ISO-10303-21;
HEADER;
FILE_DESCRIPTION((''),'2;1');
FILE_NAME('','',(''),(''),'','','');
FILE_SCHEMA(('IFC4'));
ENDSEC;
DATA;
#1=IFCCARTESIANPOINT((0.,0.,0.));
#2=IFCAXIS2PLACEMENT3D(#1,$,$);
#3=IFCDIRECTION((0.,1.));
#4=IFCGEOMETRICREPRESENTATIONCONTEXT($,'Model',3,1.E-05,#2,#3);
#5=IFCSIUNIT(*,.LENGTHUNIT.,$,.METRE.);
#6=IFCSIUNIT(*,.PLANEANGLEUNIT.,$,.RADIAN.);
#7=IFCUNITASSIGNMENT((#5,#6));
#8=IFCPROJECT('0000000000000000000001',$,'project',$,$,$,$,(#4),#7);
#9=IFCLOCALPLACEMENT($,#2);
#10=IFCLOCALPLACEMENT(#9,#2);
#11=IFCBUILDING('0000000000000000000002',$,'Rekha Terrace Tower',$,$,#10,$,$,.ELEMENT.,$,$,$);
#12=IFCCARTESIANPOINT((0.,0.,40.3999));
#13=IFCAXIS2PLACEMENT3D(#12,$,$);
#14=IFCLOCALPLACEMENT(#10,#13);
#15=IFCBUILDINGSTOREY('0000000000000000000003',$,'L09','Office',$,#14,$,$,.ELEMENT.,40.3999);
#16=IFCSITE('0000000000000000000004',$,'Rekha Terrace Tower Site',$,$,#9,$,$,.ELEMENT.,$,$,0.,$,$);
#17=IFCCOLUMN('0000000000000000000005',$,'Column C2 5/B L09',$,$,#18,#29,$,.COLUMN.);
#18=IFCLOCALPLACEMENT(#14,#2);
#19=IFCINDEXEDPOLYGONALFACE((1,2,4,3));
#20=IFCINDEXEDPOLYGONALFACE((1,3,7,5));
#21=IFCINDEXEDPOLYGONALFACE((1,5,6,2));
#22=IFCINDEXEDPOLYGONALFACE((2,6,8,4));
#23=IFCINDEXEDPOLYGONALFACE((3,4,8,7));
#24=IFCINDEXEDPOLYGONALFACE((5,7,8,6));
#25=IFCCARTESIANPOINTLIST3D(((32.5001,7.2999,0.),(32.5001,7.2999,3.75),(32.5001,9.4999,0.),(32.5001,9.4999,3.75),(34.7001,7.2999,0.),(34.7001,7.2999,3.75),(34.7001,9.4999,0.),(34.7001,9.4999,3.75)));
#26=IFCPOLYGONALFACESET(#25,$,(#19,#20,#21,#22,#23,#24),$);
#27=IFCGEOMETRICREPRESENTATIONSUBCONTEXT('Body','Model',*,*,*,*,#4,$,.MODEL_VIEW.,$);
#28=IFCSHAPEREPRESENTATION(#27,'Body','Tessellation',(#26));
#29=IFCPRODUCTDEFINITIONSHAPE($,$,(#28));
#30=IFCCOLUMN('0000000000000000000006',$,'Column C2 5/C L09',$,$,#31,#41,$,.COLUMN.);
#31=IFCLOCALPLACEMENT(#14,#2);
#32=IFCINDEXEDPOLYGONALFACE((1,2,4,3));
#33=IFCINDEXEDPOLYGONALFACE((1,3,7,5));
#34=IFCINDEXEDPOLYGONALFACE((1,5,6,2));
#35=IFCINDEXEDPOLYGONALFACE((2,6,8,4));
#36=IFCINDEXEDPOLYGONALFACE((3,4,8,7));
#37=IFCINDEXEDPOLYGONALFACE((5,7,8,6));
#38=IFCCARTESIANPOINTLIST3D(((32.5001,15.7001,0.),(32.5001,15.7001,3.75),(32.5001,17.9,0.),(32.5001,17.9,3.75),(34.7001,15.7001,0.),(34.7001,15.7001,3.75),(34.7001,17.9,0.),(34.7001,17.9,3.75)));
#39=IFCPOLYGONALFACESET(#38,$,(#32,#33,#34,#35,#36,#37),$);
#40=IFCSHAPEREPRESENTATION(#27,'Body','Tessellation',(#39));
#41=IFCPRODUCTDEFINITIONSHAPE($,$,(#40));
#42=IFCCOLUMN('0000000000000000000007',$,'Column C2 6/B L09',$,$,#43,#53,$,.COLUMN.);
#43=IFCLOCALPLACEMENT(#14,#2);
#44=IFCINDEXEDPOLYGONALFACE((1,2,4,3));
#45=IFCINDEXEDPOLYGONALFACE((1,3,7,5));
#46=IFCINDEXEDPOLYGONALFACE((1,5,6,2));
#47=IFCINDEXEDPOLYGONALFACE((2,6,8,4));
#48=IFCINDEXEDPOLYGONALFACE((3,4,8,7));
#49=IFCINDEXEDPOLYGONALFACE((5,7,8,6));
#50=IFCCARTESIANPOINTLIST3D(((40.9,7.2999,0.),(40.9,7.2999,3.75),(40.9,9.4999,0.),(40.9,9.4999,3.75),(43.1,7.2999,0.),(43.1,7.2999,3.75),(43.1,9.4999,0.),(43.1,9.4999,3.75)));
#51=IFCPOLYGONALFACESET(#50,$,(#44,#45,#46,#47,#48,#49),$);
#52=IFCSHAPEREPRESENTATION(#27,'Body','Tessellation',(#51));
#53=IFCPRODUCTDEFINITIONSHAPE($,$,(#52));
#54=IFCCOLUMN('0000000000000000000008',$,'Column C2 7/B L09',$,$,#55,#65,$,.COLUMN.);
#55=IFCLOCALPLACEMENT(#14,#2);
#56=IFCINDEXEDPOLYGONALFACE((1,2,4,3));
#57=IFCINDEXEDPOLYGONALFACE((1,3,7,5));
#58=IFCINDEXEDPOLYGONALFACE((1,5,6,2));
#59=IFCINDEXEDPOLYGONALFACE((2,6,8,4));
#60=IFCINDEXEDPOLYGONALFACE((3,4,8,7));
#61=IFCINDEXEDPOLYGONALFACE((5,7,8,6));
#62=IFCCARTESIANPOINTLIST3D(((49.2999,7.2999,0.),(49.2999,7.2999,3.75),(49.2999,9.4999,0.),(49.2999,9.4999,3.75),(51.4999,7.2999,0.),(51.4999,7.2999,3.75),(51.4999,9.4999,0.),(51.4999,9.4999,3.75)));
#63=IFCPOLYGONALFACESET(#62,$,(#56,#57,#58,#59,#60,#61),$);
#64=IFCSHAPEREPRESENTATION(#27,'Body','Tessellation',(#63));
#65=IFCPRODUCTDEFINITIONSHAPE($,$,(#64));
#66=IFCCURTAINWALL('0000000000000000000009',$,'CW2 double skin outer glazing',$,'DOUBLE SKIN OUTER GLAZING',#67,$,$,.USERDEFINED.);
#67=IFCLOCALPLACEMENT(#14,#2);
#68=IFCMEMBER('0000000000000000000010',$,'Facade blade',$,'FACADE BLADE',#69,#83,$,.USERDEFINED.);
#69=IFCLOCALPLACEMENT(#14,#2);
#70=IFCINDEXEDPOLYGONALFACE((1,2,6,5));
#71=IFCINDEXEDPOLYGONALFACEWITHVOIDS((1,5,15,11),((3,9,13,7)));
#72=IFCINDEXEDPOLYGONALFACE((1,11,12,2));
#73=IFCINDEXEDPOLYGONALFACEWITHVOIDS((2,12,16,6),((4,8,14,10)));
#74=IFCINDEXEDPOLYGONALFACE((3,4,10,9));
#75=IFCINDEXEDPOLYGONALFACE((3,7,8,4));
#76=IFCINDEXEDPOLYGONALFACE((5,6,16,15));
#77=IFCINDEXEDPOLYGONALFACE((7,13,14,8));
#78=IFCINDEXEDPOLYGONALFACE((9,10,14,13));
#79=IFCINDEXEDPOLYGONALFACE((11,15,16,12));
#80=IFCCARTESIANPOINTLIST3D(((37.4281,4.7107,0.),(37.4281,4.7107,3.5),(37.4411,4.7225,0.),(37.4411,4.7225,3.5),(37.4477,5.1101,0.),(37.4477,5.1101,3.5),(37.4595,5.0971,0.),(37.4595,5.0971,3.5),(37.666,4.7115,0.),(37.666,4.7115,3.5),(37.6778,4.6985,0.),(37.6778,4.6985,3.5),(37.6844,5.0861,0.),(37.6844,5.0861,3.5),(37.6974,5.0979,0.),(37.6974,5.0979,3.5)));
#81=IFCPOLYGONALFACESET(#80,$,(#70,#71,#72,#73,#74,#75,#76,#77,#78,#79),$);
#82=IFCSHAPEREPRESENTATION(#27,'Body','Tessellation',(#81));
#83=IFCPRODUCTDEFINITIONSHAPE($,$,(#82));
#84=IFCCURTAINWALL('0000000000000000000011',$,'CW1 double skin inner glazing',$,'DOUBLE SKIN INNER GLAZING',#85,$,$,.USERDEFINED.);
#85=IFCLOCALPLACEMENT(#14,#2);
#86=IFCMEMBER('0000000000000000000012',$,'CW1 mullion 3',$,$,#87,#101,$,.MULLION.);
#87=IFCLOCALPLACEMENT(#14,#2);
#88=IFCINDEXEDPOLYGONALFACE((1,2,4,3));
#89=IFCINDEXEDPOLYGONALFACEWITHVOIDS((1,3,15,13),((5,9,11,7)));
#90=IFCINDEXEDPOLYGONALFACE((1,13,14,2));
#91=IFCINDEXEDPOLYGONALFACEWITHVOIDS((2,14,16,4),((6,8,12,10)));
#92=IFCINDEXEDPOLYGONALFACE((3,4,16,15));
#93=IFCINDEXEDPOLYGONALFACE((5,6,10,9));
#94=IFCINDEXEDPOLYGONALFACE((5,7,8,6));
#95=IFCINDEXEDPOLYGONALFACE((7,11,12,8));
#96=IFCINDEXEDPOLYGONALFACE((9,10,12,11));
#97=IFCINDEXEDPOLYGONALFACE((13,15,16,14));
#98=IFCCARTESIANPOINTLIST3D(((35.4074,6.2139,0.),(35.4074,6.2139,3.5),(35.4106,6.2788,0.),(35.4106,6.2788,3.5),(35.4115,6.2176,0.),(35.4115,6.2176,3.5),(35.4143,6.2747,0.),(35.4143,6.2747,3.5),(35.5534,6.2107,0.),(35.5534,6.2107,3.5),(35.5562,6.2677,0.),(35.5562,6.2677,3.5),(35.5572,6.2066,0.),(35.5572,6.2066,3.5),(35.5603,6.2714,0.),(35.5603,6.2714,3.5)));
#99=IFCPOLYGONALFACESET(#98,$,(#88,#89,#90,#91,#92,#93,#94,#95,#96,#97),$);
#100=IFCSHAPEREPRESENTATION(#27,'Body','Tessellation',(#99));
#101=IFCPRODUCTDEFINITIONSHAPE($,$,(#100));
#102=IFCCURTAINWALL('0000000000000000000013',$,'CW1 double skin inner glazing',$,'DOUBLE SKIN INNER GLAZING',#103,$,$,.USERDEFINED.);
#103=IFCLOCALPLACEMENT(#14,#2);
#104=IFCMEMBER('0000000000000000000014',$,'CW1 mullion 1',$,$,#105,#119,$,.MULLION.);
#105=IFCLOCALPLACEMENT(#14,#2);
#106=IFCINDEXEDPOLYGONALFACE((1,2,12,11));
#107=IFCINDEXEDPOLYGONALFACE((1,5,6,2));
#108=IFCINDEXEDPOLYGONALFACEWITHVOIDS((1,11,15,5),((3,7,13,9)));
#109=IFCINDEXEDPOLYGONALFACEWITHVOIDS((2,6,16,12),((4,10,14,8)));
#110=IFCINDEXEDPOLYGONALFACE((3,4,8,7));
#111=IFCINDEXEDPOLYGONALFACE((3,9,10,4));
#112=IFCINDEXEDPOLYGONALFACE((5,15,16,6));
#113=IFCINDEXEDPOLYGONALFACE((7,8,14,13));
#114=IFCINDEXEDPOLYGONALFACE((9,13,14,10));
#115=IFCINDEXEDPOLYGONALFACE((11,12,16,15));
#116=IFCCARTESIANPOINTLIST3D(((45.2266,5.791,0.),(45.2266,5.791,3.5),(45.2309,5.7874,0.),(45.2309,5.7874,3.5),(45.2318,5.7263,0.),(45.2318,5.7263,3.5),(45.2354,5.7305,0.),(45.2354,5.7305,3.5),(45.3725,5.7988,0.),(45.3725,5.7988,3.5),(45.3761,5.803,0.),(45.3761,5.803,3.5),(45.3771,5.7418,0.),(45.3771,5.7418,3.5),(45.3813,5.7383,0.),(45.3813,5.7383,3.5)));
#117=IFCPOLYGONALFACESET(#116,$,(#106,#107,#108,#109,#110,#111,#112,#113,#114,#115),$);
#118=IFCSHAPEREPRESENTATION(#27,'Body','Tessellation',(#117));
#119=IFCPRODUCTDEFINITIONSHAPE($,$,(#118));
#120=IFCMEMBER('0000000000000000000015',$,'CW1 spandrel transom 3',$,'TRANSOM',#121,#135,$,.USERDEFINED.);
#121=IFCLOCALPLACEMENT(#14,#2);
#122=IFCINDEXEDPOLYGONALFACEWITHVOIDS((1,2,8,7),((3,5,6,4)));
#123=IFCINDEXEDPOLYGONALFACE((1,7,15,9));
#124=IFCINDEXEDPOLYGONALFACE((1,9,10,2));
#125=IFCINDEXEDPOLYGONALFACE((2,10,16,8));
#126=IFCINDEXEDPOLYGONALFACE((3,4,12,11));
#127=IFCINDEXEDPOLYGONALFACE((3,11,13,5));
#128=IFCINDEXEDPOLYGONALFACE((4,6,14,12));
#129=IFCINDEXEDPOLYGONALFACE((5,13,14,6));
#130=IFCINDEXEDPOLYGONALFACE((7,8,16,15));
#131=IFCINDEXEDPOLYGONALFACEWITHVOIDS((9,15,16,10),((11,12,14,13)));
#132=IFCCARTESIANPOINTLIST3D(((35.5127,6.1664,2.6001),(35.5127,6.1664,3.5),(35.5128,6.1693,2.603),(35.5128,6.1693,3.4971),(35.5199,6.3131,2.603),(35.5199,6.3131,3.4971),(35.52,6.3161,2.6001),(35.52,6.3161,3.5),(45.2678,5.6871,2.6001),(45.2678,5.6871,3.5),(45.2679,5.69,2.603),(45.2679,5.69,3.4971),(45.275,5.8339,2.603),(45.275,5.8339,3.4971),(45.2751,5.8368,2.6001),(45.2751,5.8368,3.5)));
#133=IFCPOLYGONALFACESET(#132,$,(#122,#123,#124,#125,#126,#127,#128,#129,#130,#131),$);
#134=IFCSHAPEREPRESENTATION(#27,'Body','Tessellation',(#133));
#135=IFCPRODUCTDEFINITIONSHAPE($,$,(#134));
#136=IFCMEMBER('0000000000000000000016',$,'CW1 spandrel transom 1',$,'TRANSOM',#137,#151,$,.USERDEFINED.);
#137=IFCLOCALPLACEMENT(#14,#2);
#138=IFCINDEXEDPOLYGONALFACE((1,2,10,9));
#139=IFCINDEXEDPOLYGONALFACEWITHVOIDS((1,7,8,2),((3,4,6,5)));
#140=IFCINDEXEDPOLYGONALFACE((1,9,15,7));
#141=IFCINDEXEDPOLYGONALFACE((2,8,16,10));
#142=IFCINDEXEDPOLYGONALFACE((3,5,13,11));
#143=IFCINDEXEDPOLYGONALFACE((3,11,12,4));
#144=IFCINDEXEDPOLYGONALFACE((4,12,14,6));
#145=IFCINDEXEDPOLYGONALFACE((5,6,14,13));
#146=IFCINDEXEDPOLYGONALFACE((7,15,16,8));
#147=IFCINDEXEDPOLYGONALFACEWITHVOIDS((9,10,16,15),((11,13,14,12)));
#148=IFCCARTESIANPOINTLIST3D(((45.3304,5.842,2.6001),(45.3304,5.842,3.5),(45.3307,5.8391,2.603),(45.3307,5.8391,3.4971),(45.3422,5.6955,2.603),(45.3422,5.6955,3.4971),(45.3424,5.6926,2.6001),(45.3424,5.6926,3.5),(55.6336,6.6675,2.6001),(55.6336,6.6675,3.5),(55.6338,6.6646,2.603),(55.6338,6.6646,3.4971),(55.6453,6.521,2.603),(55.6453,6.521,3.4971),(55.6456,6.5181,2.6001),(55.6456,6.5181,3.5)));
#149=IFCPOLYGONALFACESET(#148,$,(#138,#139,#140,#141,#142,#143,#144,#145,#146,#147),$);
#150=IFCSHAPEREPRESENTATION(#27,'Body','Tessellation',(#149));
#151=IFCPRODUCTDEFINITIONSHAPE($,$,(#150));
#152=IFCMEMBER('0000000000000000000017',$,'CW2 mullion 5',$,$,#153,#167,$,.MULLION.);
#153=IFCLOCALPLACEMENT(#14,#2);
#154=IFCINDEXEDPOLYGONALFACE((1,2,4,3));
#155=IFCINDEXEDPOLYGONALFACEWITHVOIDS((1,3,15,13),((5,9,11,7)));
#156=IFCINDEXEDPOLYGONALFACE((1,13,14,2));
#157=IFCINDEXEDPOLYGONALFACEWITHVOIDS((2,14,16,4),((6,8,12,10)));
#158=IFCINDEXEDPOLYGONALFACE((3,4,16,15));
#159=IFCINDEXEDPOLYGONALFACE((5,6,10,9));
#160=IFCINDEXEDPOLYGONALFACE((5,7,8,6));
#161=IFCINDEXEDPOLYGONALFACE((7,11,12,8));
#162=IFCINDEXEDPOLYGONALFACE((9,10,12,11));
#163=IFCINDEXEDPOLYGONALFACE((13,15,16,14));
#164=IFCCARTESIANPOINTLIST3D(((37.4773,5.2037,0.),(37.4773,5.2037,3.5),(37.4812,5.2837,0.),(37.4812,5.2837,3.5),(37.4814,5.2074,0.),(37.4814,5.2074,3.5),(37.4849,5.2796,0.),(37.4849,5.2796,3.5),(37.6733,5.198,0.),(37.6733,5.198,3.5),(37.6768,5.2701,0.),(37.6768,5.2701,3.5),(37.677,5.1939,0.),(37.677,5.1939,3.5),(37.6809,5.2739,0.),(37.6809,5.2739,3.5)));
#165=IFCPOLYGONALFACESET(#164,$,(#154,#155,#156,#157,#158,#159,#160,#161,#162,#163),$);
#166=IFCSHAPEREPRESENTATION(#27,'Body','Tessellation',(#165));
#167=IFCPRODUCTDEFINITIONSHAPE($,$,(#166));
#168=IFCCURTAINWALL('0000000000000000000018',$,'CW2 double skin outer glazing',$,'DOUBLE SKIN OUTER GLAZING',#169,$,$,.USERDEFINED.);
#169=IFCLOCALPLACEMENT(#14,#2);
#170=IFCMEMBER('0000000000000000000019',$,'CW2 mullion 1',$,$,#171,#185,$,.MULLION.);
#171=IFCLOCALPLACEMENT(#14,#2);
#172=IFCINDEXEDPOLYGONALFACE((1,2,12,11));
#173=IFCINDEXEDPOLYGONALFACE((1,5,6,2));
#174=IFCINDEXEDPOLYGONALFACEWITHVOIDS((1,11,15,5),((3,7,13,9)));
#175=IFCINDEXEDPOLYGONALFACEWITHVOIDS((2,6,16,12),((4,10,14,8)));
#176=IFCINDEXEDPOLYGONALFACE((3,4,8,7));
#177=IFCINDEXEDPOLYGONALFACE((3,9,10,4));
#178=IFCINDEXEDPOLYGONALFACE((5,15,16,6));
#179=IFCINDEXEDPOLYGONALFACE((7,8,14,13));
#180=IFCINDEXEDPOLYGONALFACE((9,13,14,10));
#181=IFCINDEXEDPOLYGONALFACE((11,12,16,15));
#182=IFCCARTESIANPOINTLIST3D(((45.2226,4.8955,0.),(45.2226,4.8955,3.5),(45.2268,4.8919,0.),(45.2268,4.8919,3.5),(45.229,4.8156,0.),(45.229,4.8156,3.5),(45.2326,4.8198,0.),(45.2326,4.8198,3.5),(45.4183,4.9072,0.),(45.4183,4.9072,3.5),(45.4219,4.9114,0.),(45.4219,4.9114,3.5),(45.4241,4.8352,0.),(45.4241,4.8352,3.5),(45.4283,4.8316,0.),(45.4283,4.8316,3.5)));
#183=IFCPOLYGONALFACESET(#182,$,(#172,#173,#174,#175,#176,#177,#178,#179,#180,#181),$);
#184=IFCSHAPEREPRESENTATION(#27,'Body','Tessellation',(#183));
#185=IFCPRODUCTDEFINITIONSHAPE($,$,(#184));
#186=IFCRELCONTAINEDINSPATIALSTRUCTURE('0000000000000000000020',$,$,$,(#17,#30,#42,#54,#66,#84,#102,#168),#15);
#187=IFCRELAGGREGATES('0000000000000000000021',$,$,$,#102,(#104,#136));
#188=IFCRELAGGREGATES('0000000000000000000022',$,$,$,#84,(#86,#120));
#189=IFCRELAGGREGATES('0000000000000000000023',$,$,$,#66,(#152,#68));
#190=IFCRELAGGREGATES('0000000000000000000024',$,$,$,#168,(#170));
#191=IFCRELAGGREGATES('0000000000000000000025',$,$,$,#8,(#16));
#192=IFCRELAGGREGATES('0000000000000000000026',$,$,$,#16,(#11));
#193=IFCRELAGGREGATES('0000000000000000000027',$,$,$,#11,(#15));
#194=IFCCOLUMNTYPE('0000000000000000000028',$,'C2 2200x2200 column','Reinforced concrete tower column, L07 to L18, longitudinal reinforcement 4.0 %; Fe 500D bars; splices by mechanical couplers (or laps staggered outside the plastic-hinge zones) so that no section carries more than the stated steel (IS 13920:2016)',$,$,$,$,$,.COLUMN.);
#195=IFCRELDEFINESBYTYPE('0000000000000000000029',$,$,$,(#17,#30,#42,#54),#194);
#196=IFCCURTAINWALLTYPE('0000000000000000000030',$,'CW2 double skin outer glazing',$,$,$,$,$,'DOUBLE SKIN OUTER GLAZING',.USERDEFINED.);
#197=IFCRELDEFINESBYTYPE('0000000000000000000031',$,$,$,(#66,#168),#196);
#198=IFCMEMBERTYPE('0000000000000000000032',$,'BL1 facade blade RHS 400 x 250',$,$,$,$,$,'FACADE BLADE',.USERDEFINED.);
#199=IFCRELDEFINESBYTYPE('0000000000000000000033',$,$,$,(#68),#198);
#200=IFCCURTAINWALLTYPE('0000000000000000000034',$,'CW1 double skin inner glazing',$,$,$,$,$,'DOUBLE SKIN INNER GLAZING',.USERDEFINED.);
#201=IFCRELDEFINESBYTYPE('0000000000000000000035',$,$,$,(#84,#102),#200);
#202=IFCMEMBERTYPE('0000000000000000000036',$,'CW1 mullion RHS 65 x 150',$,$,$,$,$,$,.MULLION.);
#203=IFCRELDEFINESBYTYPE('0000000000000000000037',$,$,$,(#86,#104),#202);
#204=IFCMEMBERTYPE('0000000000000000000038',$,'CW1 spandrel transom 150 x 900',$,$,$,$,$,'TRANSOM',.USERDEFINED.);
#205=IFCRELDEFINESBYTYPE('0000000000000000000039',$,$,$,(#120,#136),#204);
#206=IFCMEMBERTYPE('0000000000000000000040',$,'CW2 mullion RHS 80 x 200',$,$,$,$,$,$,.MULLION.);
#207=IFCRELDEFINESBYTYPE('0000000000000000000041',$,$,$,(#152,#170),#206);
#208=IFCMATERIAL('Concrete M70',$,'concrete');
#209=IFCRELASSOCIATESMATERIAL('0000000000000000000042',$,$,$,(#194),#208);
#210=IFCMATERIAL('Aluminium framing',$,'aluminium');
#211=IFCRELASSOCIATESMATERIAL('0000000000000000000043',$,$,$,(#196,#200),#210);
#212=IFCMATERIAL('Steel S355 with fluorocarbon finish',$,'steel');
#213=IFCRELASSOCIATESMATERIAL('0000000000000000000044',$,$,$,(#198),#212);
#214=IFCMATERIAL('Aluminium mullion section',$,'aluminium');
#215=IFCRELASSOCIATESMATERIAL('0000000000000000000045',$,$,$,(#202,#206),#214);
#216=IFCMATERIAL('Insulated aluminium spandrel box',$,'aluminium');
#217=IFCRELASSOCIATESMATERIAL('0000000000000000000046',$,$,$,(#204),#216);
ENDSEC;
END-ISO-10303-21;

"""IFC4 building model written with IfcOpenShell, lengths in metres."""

from ifc_helpers import new_model, si_unit, direction, frame, origin, origin_2d, place, context, subcontext, project, spatial, rectangle, hollow_rectangle, extrude, material, material_profile, profile_set, type_object, element, aggregate, save


model = new_model("IFC4")

# Units and contexts
model_context = context("Model", 3, precision=1e-05, world=origin(), true_north=direction((0.0, 1.0)))
body_context = subcontext(model_context, "Body", "Model", "MODEL_VIEW")
ifc_project = project(units=[si_unit("LENGTHUNIT", "METRE"), si_unit("PLANEANGLEUNIT", "RADIAN")], contexts=[model_context])

# Site, building, storey
site_placement = place(None, origin())
site = spatial("IfcSite", under=ifc_project, at=site_placement, Name="Rekha Terrace Tower Site", CompositionType="ELEMENT", RefElevation=0.0)
building_placement = place(site_placement, origin())
building = spatial("IfcBuilding", under=site, at=building_placement, Name="Rekha Terrace Tower", CompositionType="ELEMENT")
storey_placement = place(building_placement, frame((0.0, 0.0, 40.3999)))
storey = spatial("IfcBuildingStorey", under=building, at=storey_placement, Name="L09", Description="Office", CompositionType="ELEMENT", Elevation=40.3999)

# Columns
ifc_material_1 = material(Name="Concrete M70", Category="concrete")
ifc_material_profile_1 = material_profile(ifc_material_1, rectangle(XDim=2.2, YDim=2.2, at=origin_2d()), Name="RC 2200x2200")
ifc_profile_set_1 = profile_set([ifc_material_profile_1], Name="Concrete M70")
column_type = type_object("IfcColumnType", Name="C2 2200x2200 column", Description="Reinforced concrete tower column, L07 to L18, longitudinal reinforcement 4.0 %; Fe 500D bars; splices by mechanical couplers (or laps staggered outside the plastic-hinge zones) so that no section carries more than the stated steel (IS 13920:2016)", PredefinedType="COLUMN", material=ifc_profile_set_1)
for number, where, z_axis, x_axis, name in (
    (1, (33.6001, 8.3999, 0.0), (0.0, 0.0, 1.0), (1.0, 0.0, 0.0), "Column C2 5/B L09"),
    (2, (33.6001, 16.8, 0.0), (0.0, 0.0, 1.0), (1.0, 0.0, 0.0), "Column C2 5/C L09"),
    (3, (42.0, 8.3999, 0.0), (0.0, 0.0, 1.0), (1.0, 0.0, 0.0), "Column C2 6/B L09"),
    (4, (50.3999, 8.3999, 0.0), (0.0, 0.0, 1.0), (1.0, 0.0, 0.0), "Column C2 7/B L09"),
):
    element("IfcColumn", number, at=place(storey_placement, frame(where, z_axis=z_axis, x_axis=x_axis)), inside=storey, type_object=column_type, Name=name, PredefinedType="COLUMN", context=body_context, shape_type="SweptSolid", body=[
        extrude(rectangle(XDim=2.2, YDim=2.2, at=origin_2d()), origin(), (0.0, 0.0, 1.0), 3.75),
    ])

# Curtain walls, members
ifc_material_2 = material(Name="Aluminium framing", Category="aluminium")
curtain_wall_type_1 = type_object("IfcCurtainWallType", Name="CW2 double skin outer glazing", ElementType="DOUBLE SKIN OUTER GLAZING", PredefinedType="USERDEFINED", material=ifc_material_2)
curtain_wall_1_placement = place(storey_placement, origin())
curtain_wall_1 = element("IfcCurtainWall", 5, at=curtain_wall_1_placement, inside=storey, type_object=curtain_wall_type_1, Name="CW2 double skin outer glazing", ObjectType="DOUBLE SKIN OUTER GLAZING", PredefinedType="USERDEFINED")
ifc_material_3 = material(Name="Steel S355 with fluorocarbon finish", Category="steel")
ifc_material_profile_2 = material_profile(ifc_material_3, hollow_rectangle(XDim=0.25, YDim=0.3999, WallThickness=0.0125, at=origin_2d()), Name="RHS400x250x12.5")
ifc_profile_set_2 = profile_set([ifc_material_profile_2], Name="Steel S355 with fluorocarbon finish")
member_type_1 = type_object("IfcMemberType", Name="BL1 facade blade RHS 400 x 250", ElementType="FACADE BLADE", PredefinedType="USERDEFINED", material=ifc_profile_set_2)
member_1_placement = place(storey_placement, frame((37.5627, 4.9043, 0.0), z_axis=(0.0, 0.0, 1.0), x_axis=(0.998796, -0.049052, 0.0)))
member_1 = element("IfcMember", 6, at=member_1_placement, type_object=member_type_1, Name="Facade blade", ObjectType="FACADE BLADE", PredefinedType="USERDEFINED", context=body_context, shape_type="SweptSolid", body=[
    extrude(hollow_rectangle(XDim=0.25, YDim=0.3999, WallThickness=0.0125, at=origin_2d()), origin(), (0.0, 0.0, 1.0), 3.5),
])
curtain_wall_type_2 = type_object("IfcCurtainWallType", Name="CW1 double skin inner glazing", ElementType="DOUBLE SKIN INNER GLAZING", PredefinedType="USERDEFINED", material=ifc_material_2)
curtain_wall_2_placement = place(storey_placement, origin())
curtain_wall_2 = element("IfcCurtainWall", 7, at=curtain_wall_2_placement, inside=storey, type_object=curtain_wall_type_2, Name="CW1 double skin inner glazing", ObjectType="DOUBLE SKIN INNER GLAZING", PredefinedType="USERDEFINED")
ifc_material_4 = material(Name="Aluminium mullion section", Category="aluminium")
ifc_material_profile_3 = material_profile(ifc_material_4, hollow_rectangle(XDim=0.0649, YDim=0.1499, WallThickness=0.0039, at=origin_2d()), Name="AL RHS 65x150")
ifc_profile_set_3 = profile_set([ifc_material_profile_3], Name="Aluminium mullion section")
member_type_2 = type_object("IfcMemberType", Name="CW1 mullion RHS 65 x 150", PredefinedType="MULLION", material=ifc_profile_set_3)
member_2_placement = place(storey_placement, frame((35.4839, 6.2427, 0.0), z_axis=(0.0, 0.0, 1.0), x_axis=(0.049052, 0.998796, 0.0)))
member_2 = element("IfcMember", 8, at=member_2_placement, type_object=member_type_2, Name="CW1 mullion 3", PredefinedType="MULLION", context=body_context, shape_type="SweptSolid", body=[
    extrude(hollow_rectangle(XDim=0.0649, YDim=0.1499, WallThickness=0.0039, at=origin_2d()), origin(), (0.0, 0.0, 1.0), 3.5),
])
curtain_wall_3_placement = place(storey_placement, origin())
curtain_wall_3 = element("IfcCurtainWall", 9, at=curtain_wall_3_placement, inside=storey, type_object=curtain_wall_type_2, Name="CW1 double skin inner glazing", ObjectType="DOUBLE SKIN INNER GLAZING", PredefinedType="USERDEFINED")
member_3_placement = place(storey_placement, frame((45.304, 5.7646, 0.0), z_axis=(0.0, 0.0, 1.0), x_axis=(-0.079872, 0.996805, 0.0)))
member_3 = element("IfcMember", 10, at=member_3_placement, type_object=member_type_2, Name="CW1 mullion 1", PredefinedType="MULLION", context=body_context, shape_type="SweptSolid", body=[
    extrude(hollow_rectangle(XDim=0.0649, YDim=0.1499, WallThickness=0.0039, at=origin_2d()), origin(), (0.0, 0.0, 1.0), 3.5),
])

# Members
ifc_material_5 = material(Name="Insulated aluminium spandrel box", Category="aluminium")
ifc_material_profile_4 = material_profile(ifc_material_5, hollow_rectangle(XDim=0.1499, YDim=0.8999, WallThickness=0.0029, at=origin_2d()), Name="AL SPANDREL BOX 150x900")
ifc_profile_set_4 = profile_set([ifc_material_profile_4], Name="Insulated aluminium spandrel box")
member_type_3 = type_object("IfcMemberType", Name="CW1 spandrel transom 150 x 900", ElementType="TRANSOM", PredefinedType="USERDEFINED", material=ifc_profile_set_4)
member_4_placement = place(storey_placement, frame((35.5164, 6.2412, 3.05), z_axis=(0.998795, -0.049069, 0.0), x_axis=(0.049069, 0.998795, 0.0)))
member_4 = element("IfcMember", 11, at=member_4_placement, type_object=member_type_3, Name="CW1 spandrel transom 3", ObjectType="TRANSOM", PredefinedType="USERDEFINED", context=body_context, shape_type="SweptSolid", body=[
    extrude(hollow_rectangle(XDim=0.1499, YDim=0.8999, WallThickness=0.0029, at=origin_2d()), origin(), (0.0, 0.0, 1.0), 9.7668),
])
member_5_placement = place(storey_placement, frame((45.3364, 5.7673, 3.05), z_axis=(0.996806, 0.079859, 0.0), x_axis=(-0.079859, 0.996806, 0.0)))
member_5 = element("IfcMember", 12, at=member_5_placement, type_object=member_type_3, Name="CW1 spandrel transom 1", ObjectType="TRANSOM", PredefinedType="USERDEFINED", context=body_context, shape_type="SweptSolid", body=[
    extrude(hollow_rectangle(XDim=0.1499, YDim=0.8999, WallThickness=0.0029, at=origin_2d()), origin(), (0.0, 0.0, 1.0), 10.3362),
])
aggregate(curtain_wall_3, [member_3, member_5])
ifc_material_profile_5 = material_profile(ifc_material_4, hollow_rectangle(XDim=0.0801, YDim=0.2, WallThickness=0.0039, at=origin_2d()), Name="AL RHS 80x200")
ifc_profile_set_5 = profile_set([ifc_material_profile_5], Name="Aluminium mullion section")
member_type_4 = type_object("IfcMemberType", Name="CW2 mullion RHS 80 x 200", PredefinedType="MULLION", material=ifc_profile_set_5)
member_6_placement = place(storey_placement, frame((37.5791, 5.2388, 0.0), z_axis=(0.0, 0.0, 1.0), x_axis=(0.049052, 0.998796, 0.0)))
member_6 = element("IfcMember", 13, at=member_6_placement, type_object=member_type_4, Name="CW2 mullion 5", PredefinedType="MULLION", context=body_context, shape_type="SweptSolid", body=[
    extrude(hollow_rectangle(XDim=0.0801, YDim=0.2, WallThickness=0.0039, at=origin_2d()), origin(), (0.0, 0.0, 1.0), 3.5),
])

# Curtain wall, member
curtain_wall_4_placement = place(storey_placement, origin())
curtain_wall_4 = element("IfcCurtainWall", 14, at=curtain_wall_4_placement, inside=storey, type_object=curtain_wall_type_1, Name="CW2 double skin outer glazing", ObjectType="DOUBLE SKIN OUTER GLAZING", PredefinedType="USERDEFINED")
member_7_placement = place(storey_placement, frame((45.3254, 4.8635, 0.0), z_axis=(0.0, 0.0, 1.0), x_axis=(-0.079872, 0.996805, 0.0)))
member_7 = element("IfcMember", 15, at=member_7_placement, type_object=member_type_4, Name="CW2 mullion 1", PredefinedType="MULLION", context=body_context, shape_type="SweptSolid", body=[
    extrude(hollow_rectangle(XDim=0.0801, YDim=0.2, WallThickness=0.0039, at=origin_2d()), origin(), (0.0, 0.0, 1.0), 3.5),
])

aggregate(curtain_wall_2, [member_2, member_4])
aggregate(curtain_wall_1, [member_6, member_1])
aggregate(curtain_wall_4, [member_7])

save(model, "model.ifc")
